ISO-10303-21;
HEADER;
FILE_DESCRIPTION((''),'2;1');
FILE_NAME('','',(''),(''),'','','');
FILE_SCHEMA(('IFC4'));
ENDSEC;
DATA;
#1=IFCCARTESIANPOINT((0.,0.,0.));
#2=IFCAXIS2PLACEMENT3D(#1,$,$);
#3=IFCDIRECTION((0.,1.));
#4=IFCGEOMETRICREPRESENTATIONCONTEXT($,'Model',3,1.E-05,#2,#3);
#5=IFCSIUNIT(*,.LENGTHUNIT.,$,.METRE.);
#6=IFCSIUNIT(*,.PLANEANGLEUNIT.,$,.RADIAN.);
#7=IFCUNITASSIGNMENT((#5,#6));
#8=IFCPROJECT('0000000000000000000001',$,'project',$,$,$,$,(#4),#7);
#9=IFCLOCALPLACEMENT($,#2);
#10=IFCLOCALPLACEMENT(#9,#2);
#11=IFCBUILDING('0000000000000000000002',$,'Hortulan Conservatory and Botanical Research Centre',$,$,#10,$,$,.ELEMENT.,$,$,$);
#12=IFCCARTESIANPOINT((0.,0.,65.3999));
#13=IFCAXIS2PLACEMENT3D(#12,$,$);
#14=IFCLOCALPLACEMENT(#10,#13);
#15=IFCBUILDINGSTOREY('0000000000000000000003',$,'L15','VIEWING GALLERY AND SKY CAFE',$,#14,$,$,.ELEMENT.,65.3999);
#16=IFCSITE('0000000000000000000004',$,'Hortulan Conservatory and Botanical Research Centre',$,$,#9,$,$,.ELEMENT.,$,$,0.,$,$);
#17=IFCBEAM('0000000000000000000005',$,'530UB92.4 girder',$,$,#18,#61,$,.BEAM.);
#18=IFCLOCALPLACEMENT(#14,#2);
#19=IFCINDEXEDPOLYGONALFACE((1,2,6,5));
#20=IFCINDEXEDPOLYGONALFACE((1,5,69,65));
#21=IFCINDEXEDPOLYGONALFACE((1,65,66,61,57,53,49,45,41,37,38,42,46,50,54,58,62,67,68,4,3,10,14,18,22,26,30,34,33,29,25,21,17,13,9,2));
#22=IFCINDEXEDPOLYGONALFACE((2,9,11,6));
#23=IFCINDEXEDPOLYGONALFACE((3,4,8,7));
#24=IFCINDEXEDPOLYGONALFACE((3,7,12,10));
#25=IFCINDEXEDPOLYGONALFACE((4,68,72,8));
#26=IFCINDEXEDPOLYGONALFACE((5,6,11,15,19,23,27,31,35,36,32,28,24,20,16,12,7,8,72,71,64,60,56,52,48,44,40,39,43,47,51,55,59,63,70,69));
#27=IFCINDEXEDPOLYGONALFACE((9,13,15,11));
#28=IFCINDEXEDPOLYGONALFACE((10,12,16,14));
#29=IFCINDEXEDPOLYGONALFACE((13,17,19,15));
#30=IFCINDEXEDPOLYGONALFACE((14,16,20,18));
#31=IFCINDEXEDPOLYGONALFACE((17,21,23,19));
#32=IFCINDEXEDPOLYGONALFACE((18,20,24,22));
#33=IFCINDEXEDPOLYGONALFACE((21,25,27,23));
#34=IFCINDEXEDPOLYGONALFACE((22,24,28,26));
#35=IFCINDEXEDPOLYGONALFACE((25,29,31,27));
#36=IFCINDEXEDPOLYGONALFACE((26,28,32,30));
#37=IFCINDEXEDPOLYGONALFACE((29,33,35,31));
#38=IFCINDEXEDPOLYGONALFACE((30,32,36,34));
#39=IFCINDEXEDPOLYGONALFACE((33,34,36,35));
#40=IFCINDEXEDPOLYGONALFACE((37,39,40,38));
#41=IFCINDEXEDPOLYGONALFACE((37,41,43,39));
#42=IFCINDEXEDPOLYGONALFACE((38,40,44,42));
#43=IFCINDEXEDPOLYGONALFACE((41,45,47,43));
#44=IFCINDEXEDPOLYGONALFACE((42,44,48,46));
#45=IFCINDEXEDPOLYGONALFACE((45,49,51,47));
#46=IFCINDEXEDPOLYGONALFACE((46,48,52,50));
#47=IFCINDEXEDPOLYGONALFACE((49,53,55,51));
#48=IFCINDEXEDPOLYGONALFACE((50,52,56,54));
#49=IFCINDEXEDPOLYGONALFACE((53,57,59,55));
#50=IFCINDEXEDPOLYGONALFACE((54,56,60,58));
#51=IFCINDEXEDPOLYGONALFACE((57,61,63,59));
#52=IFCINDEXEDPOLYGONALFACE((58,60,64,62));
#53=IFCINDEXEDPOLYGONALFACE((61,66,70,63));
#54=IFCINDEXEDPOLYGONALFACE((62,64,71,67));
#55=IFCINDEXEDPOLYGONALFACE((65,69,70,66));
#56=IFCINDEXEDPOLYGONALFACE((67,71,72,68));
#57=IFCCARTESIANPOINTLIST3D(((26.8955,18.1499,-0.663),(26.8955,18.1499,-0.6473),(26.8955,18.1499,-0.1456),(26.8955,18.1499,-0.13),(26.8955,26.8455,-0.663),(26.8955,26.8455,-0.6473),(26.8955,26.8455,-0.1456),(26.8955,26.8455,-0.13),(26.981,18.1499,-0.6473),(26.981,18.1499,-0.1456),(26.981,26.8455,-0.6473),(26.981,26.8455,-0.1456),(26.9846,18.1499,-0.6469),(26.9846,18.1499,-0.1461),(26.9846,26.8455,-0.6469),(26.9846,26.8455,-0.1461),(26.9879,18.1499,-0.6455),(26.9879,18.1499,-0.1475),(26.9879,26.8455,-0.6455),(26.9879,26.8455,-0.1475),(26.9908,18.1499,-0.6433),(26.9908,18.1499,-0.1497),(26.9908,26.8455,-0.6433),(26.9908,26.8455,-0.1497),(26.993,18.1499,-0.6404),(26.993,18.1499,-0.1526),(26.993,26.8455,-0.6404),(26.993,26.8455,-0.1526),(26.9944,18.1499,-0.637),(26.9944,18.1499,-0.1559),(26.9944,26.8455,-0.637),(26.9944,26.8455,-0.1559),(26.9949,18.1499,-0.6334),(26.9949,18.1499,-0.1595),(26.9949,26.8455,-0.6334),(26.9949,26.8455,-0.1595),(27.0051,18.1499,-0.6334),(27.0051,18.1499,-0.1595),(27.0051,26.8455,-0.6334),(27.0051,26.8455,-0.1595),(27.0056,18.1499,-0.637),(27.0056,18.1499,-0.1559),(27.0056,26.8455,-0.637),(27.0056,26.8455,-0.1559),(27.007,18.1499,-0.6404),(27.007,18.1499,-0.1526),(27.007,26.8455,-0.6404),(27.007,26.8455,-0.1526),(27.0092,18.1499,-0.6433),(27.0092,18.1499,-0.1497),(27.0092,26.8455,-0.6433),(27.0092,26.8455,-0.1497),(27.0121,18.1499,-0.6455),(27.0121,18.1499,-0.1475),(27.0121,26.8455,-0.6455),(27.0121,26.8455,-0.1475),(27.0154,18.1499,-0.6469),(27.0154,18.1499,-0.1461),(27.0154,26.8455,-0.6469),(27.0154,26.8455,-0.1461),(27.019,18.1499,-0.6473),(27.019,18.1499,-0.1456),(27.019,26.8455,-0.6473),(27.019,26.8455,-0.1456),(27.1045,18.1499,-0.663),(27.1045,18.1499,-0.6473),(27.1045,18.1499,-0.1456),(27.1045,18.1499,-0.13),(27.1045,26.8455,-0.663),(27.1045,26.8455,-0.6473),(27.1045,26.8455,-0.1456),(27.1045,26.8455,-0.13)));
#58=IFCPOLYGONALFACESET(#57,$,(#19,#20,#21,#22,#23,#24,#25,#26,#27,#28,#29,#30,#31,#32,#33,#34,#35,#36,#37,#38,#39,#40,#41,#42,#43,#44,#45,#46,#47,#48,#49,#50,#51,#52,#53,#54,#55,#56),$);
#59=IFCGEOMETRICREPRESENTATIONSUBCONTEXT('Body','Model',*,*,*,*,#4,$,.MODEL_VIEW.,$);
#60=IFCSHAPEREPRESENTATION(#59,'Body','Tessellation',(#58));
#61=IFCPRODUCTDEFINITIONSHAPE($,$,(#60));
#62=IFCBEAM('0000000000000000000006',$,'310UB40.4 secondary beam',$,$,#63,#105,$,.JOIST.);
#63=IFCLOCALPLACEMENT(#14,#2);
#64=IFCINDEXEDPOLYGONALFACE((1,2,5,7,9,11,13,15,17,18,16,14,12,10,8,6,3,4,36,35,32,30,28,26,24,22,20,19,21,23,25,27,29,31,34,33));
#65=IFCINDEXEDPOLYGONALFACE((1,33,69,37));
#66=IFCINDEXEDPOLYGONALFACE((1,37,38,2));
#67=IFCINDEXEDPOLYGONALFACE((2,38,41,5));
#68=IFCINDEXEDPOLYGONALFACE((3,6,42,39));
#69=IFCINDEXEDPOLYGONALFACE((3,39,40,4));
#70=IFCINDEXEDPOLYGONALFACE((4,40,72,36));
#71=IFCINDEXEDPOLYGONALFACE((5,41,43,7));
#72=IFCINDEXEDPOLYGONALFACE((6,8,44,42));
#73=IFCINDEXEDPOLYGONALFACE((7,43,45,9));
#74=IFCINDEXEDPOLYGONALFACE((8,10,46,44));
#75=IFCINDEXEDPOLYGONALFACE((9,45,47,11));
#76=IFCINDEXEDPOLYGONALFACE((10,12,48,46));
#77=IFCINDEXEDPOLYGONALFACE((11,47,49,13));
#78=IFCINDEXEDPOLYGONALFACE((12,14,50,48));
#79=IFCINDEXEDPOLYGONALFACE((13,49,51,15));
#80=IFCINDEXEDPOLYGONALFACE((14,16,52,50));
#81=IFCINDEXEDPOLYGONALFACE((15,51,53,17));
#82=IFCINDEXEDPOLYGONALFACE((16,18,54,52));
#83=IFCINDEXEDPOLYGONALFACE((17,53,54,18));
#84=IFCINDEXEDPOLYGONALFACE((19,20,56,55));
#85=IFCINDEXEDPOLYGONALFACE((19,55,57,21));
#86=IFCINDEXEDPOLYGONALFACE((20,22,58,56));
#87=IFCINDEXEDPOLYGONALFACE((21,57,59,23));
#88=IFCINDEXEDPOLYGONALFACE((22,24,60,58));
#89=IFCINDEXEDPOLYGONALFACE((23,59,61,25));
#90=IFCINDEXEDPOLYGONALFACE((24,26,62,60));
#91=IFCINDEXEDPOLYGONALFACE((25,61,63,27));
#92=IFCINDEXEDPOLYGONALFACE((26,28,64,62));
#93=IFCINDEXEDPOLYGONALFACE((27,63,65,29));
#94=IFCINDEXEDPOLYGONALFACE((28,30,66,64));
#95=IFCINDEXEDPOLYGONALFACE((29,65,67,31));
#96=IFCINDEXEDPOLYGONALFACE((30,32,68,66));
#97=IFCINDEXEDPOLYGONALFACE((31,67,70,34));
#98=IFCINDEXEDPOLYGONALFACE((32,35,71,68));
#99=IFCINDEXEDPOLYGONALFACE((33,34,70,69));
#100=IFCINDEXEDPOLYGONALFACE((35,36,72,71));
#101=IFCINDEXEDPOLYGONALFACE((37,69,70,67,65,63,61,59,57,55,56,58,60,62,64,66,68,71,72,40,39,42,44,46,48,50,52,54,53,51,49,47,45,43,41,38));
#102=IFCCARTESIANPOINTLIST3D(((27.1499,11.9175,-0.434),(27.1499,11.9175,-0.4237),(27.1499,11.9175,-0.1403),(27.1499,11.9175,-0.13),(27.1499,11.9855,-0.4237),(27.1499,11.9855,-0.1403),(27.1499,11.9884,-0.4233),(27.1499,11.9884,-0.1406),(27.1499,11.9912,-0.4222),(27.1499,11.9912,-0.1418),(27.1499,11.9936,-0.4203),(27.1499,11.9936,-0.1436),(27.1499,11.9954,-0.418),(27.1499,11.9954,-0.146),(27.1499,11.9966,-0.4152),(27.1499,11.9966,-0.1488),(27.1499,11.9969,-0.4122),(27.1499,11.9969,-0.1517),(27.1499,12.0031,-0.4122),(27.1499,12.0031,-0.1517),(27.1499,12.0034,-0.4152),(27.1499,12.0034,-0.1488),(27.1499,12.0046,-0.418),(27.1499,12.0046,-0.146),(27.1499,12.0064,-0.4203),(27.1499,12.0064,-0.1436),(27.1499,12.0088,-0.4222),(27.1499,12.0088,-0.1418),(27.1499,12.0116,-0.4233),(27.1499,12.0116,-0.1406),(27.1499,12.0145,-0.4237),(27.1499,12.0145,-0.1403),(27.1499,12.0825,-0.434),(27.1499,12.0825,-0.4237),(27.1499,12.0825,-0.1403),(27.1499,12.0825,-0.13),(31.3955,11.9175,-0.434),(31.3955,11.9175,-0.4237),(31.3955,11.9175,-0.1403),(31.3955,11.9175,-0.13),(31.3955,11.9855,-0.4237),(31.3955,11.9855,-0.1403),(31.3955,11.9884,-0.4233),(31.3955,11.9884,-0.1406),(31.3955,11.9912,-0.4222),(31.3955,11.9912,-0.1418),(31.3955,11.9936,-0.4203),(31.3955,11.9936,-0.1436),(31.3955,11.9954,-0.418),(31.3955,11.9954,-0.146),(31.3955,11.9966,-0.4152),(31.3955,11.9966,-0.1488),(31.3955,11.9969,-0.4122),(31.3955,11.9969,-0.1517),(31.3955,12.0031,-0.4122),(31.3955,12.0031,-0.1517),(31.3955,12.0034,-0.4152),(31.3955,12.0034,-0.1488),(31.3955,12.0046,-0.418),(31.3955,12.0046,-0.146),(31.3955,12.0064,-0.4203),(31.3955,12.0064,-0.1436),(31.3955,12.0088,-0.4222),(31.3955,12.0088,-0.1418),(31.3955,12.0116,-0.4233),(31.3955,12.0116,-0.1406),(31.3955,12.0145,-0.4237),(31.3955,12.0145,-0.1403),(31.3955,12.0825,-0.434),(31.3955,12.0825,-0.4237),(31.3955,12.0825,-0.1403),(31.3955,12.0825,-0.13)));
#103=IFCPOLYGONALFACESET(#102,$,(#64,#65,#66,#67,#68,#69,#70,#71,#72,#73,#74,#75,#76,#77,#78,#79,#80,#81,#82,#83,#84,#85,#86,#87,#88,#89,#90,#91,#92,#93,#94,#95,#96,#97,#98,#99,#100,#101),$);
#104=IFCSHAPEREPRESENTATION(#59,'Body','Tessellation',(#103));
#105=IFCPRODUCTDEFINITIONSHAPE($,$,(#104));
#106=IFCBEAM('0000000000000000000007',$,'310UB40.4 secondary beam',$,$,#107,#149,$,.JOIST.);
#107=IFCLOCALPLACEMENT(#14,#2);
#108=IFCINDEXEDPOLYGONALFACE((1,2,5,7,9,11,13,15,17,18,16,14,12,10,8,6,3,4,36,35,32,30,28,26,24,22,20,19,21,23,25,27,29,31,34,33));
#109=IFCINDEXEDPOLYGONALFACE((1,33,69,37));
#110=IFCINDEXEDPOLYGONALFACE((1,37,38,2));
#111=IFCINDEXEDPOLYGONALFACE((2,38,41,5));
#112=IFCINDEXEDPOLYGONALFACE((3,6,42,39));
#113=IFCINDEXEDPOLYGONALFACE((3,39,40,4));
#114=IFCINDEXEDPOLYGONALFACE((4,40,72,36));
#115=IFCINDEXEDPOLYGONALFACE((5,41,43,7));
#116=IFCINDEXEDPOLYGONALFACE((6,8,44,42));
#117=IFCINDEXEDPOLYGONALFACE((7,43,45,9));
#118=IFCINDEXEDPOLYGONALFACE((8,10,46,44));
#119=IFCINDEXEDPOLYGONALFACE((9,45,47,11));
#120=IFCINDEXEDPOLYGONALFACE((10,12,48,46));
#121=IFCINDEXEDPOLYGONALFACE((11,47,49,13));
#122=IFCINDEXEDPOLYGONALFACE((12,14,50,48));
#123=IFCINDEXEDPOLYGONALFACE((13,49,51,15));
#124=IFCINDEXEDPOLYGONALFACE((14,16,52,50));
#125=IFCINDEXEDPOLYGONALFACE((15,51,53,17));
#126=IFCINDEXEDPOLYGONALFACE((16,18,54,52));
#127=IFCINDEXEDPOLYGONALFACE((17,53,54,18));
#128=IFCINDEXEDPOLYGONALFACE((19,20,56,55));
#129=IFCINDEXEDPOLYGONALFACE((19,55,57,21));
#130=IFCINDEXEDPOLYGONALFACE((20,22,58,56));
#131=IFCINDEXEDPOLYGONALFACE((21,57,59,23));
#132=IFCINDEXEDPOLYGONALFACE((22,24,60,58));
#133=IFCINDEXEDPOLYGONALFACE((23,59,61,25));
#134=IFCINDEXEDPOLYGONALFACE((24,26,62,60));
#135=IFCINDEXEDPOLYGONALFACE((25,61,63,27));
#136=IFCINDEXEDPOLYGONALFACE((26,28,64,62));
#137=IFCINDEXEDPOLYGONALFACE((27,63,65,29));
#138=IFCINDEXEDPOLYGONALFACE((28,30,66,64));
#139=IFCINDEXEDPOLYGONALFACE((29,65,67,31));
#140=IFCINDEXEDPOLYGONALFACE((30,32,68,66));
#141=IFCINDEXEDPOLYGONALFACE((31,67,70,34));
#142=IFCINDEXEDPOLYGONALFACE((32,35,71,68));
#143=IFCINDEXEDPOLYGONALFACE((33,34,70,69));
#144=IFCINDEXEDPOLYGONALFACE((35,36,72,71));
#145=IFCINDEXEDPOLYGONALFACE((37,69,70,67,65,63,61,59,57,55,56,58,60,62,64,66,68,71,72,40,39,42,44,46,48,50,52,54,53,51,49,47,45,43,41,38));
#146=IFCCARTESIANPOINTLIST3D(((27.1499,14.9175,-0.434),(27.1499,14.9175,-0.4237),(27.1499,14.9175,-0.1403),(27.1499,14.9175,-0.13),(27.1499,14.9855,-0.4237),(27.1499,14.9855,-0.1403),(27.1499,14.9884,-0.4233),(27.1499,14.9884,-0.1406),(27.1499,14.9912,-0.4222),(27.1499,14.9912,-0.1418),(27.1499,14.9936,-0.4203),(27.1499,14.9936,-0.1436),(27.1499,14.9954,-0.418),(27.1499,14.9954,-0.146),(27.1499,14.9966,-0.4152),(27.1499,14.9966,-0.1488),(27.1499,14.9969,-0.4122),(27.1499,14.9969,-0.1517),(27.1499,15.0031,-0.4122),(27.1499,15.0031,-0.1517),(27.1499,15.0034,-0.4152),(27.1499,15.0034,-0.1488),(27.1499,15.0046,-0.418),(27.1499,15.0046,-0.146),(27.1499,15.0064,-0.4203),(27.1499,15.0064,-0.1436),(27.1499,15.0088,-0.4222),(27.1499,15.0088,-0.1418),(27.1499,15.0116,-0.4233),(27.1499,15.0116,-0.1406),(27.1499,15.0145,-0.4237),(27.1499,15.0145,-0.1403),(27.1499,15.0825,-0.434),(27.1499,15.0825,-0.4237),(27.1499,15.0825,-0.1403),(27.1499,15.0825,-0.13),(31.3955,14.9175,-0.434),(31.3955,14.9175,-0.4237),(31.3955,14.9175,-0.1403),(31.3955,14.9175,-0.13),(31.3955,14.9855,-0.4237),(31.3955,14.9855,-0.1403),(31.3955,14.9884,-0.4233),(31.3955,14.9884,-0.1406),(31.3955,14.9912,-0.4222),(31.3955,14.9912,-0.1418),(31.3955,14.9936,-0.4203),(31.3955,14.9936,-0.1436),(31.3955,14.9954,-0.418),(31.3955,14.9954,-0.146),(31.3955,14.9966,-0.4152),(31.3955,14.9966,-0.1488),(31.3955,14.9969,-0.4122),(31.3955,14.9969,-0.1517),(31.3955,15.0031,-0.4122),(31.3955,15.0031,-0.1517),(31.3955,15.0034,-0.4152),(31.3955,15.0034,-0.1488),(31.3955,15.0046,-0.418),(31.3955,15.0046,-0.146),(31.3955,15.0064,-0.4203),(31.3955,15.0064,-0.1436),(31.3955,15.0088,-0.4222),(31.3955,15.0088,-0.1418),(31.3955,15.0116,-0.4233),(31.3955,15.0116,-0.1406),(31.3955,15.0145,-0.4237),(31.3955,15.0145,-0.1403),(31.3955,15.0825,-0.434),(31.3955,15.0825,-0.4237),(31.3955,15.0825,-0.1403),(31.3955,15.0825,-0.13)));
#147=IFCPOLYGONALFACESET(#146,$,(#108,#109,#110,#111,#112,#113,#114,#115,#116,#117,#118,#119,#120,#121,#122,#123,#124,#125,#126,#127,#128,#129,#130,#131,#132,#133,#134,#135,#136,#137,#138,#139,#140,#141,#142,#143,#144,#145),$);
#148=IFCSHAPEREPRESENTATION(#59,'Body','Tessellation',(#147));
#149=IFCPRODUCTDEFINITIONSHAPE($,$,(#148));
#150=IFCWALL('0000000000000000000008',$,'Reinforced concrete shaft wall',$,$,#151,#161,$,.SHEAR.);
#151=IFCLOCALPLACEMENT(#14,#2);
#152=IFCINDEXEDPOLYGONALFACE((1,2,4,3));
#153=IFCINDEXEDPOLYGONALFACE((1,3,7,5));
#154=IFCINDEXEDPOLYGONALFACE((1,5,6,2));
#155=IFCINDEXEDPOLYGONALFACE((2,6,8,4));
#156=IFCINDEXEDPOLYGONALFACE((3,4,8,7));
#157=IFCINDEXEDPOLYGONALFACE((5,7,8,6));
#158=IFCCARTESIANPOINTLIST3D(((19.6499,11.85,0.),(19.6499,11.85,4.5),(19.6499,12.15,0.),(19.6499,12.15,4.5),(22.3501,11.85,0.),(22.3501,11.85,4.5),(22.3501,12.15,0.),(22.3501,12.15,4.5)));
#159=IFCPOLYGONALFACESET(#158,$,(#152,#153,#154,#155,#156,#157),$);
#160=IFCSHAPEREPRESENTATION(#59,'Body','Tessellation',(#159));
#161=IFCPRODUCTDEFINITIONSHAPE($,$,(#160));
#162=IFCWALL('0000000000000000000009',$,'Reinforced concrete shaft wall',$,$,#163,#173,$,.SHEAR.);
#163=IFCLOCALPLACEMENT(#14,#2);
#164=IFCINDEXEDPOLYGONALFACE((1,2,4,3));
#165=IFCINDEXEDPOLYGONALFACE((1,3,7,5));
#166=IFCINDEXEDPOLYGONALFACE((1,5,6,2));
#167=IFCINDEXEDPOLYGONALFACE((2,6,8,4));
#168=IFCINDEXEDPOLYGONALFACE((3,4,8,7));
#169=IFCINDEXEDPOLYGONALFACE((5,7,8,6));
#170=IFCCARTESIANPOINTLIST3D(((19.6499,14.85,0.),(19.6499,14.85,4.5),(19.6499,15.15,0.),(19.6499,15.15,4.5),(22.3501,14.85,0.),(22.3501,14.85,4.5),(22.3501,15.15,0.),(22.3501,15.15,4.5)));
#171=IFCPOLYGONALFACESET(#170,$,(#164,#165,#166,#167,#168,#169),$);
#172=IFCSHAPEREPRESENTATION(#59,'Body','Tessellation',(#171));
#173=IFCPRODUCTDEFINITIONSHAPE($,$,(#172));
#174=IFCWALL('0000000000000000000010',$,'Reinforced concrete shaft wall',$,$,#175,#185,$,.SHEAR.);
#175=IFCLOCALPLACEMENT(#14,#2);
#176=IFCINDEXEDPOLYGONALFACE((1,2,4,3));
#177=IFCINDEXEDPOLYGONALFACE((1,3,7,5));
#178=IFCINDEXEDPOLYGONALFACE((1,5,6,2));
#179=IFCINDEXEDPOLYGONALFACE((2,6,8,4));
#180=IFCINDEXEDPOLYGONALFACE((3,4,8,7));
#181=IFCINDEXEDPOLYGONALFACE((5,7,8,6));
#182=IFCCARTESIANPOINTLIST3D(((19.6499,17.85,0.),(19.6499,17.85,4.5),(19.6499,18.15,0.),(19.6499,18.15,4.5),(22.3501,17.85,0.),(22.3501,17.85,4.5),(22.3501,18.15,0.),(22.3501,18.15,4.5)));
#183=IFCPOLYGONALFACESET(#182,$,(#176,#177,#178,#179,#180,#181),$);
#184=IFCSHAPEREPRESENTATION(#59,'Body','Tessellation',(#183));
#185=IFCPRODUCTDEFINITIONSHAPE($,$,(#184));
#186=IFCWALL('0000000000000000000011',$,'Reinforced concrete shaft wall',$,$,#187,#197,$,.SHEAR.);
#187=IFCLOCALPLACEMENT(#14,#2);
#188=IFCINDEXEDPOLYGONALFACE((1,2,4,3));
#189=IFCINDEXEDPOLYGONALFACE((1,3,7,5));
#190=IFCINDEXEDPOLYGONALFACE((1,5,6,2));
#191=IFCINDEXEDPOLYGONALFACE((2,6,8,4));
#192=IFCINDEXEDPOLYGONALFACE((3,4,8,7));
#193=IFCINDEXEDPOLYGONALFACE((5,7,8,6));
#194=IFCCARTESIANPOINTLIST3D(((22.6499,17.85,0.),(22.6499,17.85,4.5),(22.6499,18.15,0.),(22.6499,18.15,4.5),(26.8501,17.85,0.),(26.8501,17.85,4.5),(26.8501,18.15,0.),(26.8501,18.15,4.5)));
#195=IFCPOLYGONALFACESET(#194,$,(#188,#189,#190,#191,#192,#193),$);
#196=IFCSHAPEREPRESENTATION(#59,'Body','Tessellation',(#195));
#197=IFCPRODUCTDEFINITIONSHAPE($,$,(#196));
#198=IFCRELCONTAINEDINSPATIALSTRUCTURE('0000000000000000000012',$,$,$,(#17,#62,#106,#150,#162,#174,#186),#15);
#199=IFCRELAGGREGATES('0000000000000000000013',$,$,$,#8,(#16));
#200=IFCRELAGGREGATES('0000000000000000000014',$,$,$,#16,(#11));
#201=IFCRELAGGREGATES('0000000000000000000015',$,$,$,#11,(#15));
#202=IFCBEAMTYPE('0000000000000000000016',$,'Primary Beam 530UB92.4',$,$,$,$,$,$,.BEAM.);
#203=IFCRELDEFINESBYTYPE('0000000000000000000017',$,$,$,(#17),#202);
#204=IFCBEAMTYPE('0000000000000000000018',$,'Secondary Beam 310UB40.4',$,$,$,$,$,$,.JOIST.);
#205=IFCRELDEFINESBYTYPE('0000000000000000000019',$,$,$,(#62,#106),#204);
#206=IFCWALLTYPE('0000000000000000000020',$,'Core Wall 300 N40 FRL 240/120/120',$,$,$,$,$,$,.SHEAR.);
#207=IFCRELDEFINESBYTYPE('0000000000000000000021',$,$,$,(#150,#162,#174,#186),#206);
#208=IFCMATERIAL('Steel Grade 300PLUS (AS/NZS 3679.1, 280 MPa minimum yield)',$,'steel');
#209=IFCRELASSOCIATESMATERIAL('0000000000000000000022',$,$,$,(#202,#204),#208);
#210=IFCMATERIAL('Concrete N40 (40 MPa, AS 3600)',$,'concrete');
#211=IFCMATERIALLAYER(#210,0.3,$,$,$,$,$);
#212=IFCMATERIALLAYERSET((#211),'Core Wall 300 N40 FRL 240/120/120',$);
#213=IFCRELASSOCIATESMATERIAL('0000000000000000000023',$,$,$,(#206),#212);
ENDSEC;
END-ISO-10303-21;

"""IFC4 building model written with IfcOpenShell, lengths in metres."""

from ifc_helpers import new_model, si_unit, direction, frame, frame_2d, origin, origin_2d, place, context, subcontext, project, spatial, rectangle, i_section, extrude, material, layer, layer_set, material_profile, profile_set, type_object, element, save


model = new_model("IFC4")

# Units and contexts
model_context = context("Model", 3, precision=1e-05, world=origin(), true_north=direction((0.0, 1.0)))
body_context = subcontext(model_context, "Body", "Model", "MODEL_VIEW")
ifc_project = project(units=[si_unit("LENGTHUNIT", "METRE"), si_unit("PLANEANGLEUNIT", "RADIAN")], contexts=[model_context])

# Site, building, storey
site_placement = place(None, origin())
site = spatial("IfcSite", under=ifc_project, at=site_placement, Name="Hortulan Conservatory and Botanical Research Centre", CompositionType="ELEMENT", RefElevation=0.0)
building_placement = place(site_placement, origin())
building = spatial("IfcBuilding", under=site, at=building_placement, Name="Hortulan Conservatory and Botanical Research Centre", CompositionType="ELEMENT")
storey_placement = place(building_placement, frame((0.0, 0.0, 65.3999)))
storey = spatial("IfcBuildingStorey", under=building, at=storey_placement, Name="L15", Description="VIEWING GALLERY AND SKY CAFE", CompositionType="ELEMENT", Elevation=65.3999)

# Shared definitions
ifc_material_1 = material(Name="Steel Grade 300PLUS (AS/NZS 3679.1, 280 MPa minimum yield)", Category="steel")

# Beams
ifc_material_profile_1 = material_profile(ifc_material_1, i_section(OverallWidth=0.209, OverallDepth=0.533, WebThickness=0.0103, FlangeThickness=0.0156, FilletRadius=0.0139, at=origin_2d()), Name="530UB92.4")
ifc_profile_set_1 = profile_set([ifc_material_profile_1], Name="Steel Grade 300PLUS (AS/NZS 3679.1, 280 MPa minimum yield)")
beam_type_1 = type_object("IfcBeamType", Name="Primary Beam 530UB92.4", PredefinedType="BEAM", material=ifc_profile_set_1)
beam_1_placement = place(storey_placement, frame((27.0, 18.1499, -0.3965), z_axis=(0.0, 1.0, 0.0), x_axis=(-1.0, 0.0, 0.0)))
element("IfcBeam", 1, at=beam_1_placement, inside=storey, type_object=beam_type_1, Name="530UB92.4 girder", PredefinedType="BEAM", context=body_context, shape_type="SweptSolid", body=[
    extrude(i_section(OverallWidth=0.209, OverallDepth=0.533, WebThickness=0.0103, FlangeThickness=0.0156, FilletRadius=0.0139, at=origin_2d()), origin(), (0.0, 0.0, 1.0), 8.6956),
])
ifc_material_profile_2 = material_profile(ifc_material_1, i_section(OverallWidth=0.165, OverallDepth=0.304, WebThickness=0.0061, FlangeThickness=0.0103, FilletRadius=0.0115, at=origin_2d()), Name="310UB40.4")
ifc_profile_set_2 = profile_set([ifc_material_profile_2], Name="Steel Grade 300PLUS (AS/NZS 3679.1, 280 MPa minimum yield)")
beam_type_2 = type_object("IfcBeamType", Name="Secondary Beam 310UB40.4", PredefinedType="JOIST", material=ifc_profile_set_2)
for number, where, z_axis, x_axis, name in (
    (2, (27.1499, 12.0, -0.282), (1.0, 0.0, 0.0), (0.0, 1.0, 0.0), "310UB40.4 secondary beam"),
    (3, (27.1499, 15.0, -0.282), (1.0, 0.0, 0.0), (0.0, 1.0, 0.0), "310UB40.4 secondary beam"),
):
    element("IfcBeam", number, at=place(storey_placement, frame(where, z_axis=z_axis, x_axis=x_axis)), inside=storey, type_object=beam_type_2, Name=name, PredefinedType="JOIST", context=body_context, shape_type="SweptSolid", body=[
        extrude(i_section(OverallWidth=0.165, OverallDepth=0.304, WebThickness=0.0061, FlangeThickness=0.0103, FilletRadius=0.0115, at=origin_2d()), origin(), (0.0, 0.0, 1.0), 4.2456),
    ])

# Walls
ifc_material_2 = material(Name="Concrete N40 (40 MPa, AS 3600)", Category="concrete")
ifc_layer_1 = layer(ifc_material_2, 0.3)
ifc_layer_set_1 = layer_set([ifc_layer_1], Name="Core Wall 300 N40 FRL 240/120/120")
wall_type_1 = type_object("IfcWallType", Name="Core Wall 300 N40 FRL 240/120/120", PredefinedType="SHEAR", material=ifc_layer_set_1)
for number, where, z_axis, x_axis, name in (
    (4, (19.6499, 12.0, 0.0), (0.0, 0.0, 1.0), (1.0, 0.0, 0.0), "Reinforced concrete shaft wall"),
    (5, (19.6499, 15.0, 0.0), (0.0, 0.0, 1.0), (1.0, 0.0, 0.0), "Reinforced concrete shaft wall"),
    (6, (19.6499, 18.0, 0.0), (0.0, 0.0, 1.0), (1.0, 0.0, 0.0), "Reinforced concrete shaft wall"),
):
    element("IfcWall", number, at=place(storey_placement, frame(where, z_axis=z_axis, x_axis=x_axis)), inside=storey, type_object=wall_type_1, Name=name, PredefinedType="SHEAR", context=body_context, shape_type="SweptSolid", body=[
        extrude(rectangle(XDim=2.7002, YDim=0.3, at=frame_2d((1.3501, 0.0))), origin(), (0.0, 0.0, 1.0), 4.5),
    ])
wall_1_placement = place(storey_placement, frame((22.6499, 18.0, 0.0), z_axis=(0.0, 0.0, 1.0), x_axis=(1.0, 0.0, 0.0)))
element("IfcWall", 7, at=wall_1_placement, inside=storey, type_object=wall_type_1, Name="Reinforced concrete shaft wall", PredefinedType="SHEAR", context=body_context, shape_type="SweptSolid", body=[
    extrude(rectangle(XDim=4.2002, YDim=0.3, at=frame_2d((2.1001, 0.0))), origin(), (0.0, 0.0, 1.0), 4.5),
])

save(model, "model.ifc")
